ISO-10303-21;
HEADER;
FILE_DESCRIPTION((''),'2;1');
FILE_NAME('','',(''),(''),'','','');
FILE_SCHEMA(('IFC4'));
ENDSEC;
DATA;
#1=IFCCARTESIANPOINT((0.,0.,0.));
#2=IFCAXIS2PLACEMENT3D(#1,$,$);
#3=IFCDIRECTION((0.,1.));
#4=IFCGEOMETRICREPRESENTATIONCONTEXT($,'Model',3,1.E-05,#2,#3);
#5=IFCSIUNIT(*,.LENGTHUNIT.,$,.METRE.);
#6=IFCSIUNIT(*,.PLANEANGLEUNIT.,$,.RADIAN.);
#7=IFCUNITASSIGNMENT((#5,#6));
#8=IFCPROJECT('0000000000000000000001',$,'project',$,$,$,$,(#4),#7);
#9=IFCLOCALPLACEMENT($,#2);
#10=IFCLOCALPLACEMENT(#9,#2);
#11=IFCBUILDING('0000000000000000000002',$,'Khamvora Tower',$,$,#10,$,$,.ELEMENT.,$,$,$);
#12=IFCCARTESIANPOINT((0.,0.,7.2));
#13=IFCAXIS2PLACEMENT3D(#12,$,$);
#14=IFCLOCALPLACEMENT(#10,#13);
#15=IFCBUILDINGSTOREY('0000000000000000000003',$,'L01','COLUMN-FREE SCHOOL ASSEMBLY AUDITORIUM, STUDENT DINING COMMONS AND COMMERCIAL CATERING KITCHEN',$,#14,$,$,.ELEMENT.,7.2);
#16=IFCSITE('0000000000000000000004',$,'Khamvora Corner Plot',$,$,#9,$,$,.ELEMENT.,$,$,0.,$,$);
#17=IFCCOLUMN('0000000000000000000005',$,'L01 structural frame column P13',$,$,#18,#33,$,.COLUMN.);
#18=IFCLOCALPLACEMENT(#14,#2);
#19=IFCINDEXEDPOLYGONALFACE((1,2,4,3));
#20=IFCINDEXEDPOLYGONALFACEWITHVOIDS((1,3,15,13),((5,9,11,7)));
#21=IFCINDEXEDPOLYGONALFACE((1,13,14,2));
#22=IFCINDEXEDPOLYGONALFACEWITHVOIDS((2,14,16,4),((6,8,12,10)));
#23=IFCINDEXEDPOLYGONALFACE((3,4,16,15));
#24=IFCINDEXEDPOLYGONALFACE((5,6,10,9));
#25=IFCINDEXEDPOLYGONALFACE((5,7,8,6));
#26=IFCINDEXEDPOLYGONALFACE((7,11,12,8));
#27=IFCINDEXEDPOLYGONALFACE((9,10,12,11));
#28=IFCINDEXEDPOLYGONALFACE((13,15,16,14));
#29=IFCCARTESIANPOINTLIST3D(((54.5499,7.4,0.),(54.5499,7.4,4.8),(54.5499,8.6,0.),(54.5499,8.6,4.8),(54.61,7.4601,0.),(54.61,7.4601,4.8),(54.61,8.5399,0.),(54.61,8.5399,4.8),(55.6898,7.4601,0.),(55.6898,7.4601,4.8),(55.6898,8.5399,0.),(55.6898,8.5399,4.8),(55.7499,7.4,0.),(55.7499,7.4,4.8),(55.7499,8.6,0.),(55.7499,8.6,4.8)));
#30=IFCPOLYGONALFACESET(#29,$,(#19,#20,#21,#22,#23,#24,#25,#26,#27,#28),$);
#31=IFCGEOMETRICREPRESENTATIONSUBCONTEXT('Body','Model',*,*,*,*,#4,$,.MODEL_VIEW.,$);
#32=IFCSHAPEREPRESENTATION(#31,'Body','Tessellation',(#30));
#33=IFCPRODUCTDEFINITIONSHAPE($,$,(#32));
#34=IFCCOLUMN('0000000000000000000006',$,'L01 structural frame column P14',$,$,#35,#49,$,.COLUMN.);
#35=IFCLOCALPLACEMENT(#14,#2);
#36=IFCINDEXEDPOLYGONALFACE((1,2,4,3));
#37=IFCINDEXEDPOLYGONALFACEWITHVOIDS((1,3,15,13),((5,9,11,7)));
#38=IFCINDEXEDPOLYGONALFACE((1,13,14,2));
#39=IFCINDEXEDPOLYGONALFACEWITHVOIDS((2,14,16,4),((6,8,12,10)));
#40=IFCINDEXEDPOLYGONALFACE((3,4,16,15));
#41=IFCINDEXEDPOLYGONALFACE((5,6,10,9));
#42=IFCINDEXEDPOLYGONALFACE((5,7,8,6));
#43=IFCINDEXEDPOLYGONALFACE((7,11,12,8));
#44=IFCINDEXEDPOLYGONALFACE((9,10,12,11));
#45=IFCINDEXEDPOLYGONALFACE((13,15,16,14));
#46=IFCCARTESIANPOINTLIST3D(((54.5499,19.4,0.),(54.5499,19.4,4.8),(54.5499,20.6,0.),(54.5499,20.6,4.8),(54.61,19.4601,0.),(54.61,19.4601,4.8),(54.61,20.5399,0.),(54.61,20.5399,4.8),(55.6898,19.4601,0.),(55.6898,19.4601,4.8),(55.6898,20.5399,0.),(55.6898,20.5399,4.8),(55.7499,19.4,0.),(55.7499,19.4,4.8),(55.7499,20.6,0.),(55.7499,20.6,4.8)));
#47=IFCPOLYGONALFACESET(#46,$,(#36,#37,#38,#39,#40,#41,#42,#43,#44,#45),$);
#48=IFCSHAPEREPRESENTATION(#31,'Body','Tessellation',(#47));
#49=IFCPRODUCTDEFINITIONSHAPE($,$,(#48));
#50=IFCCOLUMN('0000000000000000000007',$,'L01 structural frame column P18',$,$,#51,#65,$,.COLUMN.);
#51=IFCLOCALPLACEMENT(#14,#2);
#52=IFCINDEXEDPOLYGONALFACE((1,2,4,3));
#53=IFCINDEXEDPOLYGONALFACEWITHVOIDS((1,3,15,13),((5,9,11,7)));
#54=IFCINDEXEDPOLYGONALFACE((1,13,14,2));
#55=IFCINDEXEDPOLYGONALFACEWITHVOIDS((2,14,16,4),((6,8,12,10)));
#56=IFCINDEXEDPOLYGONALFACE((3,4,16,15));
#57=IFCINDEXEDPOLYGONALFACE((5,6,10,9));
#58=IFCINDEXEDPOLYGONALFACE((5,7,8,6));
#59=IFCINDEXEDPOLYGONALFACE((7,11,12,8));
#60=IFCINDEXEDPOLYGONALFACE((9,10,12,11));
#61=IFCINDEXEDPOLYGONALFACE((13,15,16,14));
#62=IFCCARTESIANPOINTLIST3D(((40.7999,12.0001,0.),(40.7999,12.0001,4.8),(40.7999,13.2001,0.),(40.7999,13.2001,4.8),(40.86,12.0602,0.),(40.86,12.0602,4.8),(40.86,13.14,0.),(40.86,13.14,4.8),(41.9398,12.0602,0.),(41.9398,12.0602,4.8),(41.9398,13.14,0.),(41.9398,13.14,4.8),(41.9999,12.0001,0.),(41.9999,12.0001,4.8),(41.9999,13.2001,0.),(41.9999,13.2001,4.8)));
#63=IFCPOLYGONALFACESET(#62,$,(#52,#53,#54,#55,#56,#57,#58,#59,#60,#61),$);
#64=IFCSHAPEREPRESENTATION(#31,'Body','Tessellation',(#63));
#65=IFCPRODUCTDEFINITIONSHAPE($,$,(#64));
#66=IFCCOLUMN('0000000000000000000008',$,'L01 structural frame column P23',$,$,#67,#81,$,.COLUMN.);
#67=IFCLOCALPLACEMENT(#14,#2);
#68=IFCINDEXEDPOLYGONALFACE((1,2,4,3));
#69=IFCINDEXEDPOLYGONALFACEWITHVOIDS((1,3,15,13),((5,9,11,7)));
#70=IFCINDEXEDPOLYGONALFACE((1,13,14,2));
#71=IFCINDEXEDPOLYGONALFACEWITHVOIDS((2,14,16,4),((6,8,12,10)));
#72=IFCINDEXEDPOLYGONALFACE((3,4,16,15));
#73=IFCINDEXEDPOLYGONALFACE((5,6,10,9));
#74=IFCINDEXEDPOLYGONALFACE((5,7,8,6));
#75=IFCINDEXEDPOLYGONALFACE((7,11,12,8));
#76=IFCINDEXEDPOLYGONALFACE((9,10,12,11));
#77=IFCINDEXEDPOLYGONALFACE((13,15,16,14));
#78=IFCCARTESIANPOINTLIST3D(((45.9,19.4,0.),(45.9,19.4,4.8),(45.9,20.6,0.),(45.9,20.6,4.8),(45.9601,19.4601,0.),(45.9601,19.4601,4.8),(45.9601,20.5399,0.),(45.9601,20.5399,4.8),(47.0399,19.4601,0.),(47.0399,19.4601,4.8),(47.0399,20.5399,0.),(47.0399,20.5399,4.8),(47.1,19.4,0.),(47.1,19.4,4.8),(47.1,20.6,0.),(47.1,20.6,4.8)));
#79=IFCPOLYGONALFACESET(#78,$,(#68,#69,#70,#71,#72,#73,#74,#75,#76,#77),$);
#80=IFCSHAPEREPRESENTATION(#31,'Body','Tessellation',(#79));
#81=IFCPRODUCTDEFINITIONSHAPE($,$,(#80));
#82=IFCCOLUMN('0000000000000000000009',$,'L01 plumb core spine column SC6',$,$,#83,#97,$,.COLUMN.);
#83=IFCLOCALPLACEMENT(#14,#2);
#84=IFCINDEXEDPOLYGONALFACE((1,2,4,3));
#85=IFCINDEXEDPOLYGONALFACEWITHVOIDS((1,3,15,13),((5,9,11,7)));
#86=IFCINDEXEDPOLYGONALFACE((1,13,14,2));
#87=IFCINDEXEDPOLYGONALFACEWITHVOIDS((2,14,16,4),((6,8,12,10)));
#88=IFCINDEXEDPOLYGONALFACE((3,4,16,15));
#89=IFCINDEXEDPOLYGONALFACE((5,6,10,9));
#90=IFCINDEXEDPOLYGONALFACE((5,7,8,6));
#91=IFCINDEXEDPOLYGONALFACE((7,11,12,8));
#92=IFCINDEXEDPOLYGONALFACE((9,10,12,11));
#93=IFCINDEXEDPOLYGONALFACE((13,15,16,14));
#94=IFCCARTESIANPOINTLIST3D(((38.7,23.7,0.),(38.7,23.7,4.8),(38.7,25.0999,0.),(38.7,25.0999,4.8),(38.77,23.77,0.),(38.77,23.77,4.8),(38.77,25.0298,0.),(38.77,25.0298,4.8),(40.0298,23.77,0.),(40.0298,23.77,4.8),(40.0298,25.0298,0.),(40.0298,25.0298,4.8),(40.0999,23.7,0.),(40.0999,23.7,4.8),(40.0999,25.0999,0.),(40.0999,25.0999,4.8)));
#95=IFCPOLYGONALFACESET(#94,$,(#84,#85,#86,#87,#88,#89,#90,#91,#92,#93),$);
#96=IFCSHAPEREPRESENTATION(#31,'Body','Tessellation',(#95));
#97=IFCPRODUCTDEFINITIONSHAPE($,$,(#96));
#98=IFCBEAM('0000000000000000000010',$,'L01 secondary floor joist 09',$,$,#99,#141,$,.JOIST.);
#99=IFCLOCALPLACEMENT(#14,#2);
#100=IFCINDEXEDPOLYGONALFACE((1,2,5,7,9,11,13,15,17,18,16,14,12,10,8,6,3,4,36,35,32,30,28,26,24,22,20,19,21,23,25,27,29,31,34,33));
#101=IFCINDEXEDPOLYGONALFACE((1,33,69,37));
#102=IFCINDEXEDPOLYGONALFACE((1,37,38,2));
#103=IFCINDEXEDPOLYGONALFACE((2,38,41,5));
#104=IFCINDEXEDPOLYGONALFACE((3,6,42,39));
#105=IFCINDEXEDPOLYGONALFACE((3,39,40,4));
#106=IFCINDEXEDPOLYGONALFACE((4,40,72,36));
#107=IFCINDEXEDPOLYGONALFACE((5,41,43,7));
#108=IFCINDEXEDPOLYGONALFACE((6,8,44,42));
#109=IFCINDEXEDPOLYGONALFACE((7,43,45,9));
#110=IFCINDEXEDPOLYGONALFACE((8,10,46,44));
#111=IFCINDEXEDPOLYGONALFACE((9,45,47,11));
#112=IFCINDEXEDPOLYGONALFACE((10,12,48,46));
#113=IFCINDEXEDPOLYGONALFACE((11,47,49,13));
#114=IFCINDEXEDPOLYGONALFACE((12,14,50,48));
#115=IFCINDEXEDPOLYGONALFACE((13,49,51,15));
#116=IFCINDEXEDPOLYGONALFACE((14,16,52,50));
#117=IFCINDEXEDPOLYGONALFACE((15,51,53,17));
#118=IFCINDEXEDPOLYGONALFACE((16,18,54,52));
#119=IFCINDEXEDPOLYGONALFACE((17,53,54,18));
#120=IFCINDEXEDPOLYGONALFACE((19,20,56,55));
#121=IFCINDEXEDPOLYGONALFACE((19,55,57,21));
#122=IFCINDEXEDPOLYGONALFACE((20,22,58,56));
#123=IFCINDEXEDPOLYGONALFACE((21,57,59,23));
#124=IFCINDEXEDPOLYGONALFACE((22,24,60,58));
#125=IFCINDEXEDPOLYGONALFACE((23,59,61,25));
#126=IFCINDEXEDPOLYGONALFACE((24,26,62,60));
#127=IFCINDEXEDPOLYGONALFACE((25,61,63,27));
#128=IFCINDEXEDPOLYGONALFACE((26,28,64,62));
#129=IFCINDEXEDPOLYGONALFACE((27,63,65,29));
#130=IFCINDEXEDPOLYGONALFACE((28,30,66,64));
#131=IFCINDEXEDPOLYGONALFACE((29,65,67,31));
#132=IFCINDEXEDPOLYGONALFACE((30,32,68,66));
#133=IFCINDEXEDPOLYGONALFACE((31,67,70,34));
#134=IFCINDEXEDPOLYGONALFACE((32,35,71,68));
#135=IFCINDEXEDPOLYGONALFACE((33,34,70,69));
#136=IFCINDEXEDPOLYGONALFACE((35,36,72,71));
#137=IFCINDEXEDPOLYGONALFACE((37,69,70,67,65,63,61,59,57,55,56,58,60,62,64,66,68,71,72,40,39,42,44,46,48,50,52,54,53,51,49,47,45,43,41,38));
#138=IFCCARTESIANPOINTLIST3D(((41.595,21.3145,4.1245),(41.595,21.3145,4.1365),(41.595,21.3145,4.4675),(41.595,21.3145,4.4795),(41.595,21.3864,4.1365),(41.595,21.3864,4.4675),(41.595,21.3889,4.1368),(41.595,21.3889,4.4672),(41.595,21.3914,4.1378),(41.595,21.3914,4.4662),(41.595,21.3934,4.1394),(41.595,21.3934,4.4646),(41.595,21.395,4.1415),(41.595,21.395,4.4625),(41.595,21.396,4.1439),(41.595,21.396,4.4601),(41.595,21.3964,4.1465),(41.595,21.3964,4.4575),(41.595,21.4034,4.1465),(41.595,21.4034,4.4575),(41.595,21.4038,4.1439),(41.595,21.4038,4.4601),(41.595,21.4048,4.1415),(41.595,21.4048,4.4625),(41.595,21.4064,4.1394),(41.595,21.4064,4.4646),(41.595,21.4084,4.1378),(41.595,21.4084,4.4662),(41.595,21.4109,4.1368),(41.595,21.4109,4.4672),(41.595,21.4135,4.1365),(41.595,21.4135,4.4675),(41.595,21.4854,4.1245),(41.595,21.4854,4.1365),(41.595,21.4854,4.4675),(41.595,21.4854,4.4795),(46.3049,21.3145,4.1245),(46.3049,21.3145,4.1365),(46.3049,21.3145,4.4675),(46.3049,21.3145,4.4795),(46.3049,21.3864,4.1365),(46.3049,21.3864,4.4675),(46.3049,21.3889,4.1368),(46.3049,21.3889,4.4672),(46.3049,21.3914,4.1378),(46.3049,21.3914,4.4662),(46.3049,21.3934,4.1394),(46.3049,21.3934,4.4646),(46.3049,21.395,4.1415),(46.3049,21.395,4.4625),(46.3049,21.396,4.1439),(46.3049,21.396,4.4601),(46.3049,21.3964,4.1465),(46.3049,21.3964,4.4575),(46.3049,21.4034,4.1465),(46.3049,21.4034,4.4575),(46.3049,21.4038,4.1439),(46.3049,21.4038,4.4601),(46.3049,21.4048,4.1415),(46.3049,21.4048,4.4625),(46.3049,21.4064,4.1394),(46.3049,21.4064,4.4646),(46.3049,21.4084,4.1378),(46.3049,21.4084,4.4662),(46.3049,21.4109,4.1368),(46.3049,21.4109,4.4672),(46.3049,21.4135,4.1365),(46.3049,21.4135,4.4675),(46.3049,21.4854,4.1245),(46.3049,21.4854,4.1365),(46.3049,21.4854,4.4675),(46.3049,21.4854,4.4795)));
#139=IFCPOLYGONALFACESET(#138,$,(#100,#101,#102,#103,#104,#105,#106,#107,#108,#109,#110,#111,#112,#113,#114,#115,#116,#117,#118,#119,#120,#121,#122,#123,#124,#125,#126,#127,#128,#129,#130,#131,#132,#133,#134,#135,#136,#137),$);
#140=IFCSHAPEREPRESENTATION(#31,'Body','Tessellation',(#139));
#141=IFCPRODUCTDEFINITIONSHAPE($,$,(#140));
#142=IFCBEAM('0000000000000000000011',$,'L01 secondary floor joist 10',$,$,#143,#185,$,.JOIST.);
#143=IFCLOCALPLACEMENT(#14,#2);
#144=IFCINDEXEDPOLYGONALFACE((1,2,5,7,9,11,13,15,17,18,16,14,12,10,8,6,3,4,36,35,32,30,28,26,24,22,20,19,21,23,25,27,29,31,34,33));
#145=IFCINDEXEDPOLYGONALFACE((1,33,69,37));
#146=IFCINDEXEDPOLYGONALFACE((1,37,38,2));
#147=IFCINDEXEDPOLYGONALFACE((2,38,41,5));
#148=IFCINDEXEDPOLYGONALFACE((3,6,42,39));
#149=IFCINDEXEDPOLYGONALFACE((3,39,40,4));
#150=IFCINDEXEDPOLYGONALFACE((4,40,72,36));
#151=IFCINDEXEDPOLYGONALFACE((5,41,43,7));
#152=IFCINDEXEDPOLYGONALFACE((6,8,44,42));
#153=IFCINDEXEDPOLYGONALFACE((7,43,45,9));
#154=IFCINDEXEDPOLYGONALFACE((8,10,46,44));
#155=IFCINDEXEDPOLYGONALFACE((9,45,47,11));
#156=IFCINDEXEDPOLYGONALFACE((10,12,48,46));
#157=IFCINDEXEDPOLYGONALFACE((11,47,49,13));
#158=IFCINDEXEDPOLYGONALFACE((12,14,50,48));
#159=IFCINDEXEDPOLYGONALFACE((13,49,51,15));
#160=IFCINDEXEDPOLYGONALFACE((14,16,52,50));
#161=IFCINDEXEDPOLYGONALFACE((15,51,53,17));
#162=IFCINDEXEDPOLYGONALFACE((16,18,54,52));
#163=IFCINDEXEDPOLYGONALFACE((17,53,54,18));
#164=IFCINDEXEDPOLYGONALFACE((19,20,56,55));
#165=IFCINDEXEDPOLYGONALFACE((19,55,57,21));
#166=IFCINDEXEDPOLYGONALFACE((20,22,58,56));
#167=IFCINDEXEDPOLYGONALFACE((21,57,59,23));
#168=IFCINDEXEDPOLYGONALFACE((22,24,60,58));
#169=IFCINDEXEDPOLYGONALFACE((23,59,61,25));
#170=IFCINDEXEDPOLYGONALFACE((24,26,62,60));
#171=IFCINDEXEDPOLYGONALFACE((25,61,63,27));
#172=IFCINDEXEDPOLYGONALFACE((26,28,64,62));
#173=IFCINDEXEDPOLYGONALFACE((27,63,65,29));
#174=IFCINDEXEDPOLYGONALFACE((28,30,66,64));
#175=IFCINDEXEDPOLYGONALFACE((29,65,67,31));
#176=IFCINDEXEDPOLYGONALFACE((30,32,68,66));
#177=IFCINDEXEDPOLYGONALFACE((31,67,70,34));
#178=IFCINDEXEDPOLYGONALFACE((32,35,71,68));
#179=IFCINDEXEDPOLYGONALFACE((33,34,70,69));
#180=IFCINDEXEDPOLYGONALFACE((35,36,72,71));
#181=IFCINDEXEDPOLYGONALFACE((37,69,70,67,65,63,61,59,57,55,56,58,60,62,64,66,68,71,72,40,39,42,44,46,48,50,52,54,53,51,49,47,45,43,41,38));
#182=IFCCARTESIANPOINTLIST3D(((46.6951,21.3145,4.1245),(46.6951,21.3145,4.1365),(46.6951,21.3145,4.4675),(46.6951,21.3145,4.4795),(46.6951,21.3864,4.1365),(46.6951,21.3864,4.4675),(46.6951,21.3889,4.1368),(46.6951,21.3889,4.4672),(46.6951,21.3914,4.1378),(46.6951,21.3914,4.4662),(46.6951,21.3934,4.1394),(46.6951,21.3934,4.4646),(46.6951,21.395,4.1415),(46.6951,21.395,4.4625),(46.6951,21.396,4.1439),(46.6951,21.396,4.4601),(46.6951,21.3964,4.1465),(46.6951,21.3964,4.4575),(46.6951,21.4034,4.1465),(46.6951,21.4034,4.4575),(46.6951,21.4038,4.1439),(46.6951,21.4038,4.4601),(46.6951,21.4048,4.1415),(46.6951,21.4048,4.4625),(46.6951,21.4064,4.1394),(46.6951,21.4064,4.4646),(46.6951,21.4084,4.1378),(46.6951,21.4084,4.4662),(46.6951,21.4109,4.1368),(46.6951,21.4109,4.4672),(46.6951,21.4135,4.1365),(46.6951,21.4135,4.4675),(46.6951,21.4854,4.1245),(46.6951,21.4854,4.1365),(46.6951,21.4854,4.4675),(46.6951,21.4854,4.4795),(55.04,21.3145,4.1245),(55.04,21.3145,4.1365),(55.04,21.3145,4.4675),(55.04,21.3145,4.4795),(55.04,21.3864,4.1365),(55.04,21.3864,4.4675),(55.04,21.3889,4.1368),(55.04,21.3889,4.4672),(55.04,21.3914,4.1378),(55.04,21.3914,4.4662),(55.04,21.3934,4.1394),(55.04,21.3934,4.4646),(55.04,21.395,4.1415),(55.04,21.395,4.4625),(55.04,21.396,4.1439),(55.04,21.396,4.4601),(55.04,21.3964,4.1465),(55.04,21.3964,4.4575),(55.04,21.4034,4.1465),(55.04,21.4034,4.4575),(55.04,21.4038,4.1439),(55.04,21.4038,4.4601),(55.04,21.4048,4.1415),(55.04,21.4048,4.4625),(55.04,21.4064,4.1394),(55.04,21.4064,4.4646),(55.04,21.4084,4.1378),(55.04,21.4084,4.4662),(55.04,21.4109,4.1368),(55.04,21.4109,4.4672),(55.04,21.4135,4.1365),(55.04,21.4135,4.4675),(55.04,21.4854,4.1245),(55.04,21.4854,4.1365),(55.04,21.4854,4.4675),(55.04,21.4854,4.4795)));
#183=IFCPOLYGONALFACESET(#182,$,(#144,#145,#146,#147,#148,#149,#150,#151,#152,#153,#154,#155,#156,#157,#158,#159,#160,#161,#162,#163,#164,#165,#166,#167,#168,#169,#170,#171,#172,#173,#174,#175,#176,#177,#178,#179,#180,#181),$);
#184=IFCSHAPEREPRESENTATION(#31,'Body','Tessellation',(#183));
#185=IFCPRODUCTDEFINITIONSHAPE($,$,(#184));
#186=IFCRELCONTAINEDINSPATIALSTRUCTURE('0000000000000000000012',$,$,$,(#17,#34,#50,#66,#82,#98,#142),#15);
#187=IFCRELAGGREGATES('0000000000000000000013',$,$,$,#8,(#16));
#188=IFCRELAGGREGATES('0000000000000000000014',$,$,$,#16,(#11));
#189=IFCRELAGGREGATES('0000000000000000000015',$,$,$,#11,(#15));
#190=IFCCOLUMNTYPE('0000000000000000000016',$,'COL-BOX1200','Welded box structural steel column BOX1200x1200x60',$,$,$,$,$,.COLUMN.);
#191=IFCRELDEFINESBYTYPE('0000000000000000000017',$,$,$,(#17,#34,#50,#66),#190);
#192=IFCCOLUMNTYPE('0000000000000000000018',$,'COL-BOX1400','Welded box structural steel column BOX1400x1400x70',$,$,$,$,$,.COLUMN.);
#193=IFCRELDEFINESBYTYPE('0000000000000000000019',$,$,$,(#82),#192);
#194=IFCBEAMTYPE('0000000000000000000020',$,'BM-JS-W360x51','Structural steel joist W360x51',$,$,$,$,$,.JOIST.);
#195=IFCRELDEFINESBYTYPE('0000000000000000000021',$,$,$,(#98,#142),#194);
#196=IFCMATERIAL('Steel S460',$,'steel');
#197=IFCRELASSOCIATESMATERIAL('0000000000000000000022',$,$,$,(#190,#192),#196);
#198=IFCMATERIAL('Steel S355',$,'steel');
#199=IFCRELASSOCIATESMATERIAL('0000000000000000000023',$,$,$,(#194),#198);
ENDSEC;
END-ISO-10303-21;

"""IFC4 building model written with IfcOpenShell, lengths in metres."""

from ifc_helpers import new_model, si_unit, direction, frame, origin, origin_2d, place, context, subcontext, project, spatial, hollow_rectangle, i_section, extrude, material, material_profile, profile_set, type_object, element, save


model = new_model("IFC4")

# Units and contexts
model_context = context("Model", 3, precision=1e-05, world=origin(), true_north=direction((0.0, 1.0)))
body_context = subcontext(model_context, "Body", "Model", "MODEL_VIEW")
ifc_project = project(units=[si_unit("LENGTHUNIT", "METRE"), si_unit("PLANEANGLEUNIT", "RADIAN")], contexts=[model_context])

# Site, building, storey
site_placement = place(None, origin())
site = spatial("IfcSite", under=ifc_project, at=site_placement, Name="Khamvora Corner Plot", CompositionType="ELEMENT", RefElevation=0.0)
building_placement = place(site_placement, origin())
building = spatial("IfcBuilding", under=site, at=building_placement, Name="Khamvora Tower", CompositionType="ELEMENT")
storey_placement = place(building_placement, frame((0.0, 0.0, 7.2)))
storey = spatial("IfcBuildingStorey", under=building, at=storey_placement, Name="L01", Description="COLUMN-FREE SCHOOL ASSEMBLY AUDITORIUM, STUDENT DINING COMMONS AND COMMERCIAL CATERING KITCHEN", CompositionType="ELEMENT", Elevation=7.2)

# Columns
ifc_material_1 = material(Name="Steel S460", Category="steel")
ifc_material_profile_1 = material_profile(ifc_material_1, hollow_rectangle(XDim=1.2, YDim=1.2, WallThickness=0.0601, at=origin_2d()), Name="BOX1200x1200x60")
ifc_profile_set_1 = profile_set([ifc_material_profile_1], Name="Steel S460")
column_type_1 = type_object("IfcColumnType", Name="COL-BOX1200", Description="Welded box structural steel column BOX1200x1200x60", PredefinedType="COLUMN", material=ifc_profile_set_1)
for number, where, z_axis, x_axis, name in (
    (1, (55.1499, 8.0, 0.0), (0.0, 0.0, 1.0), (1.0, 0.0, 0.0), "L01 structural frame column P13"),
    (2, (55.1499, 20.0, 0.0), (0.0, 0.0, 1.0), (1.0, 0.0, 0.0), "L01 structural frame column P14"),
    (3, (41.3999, 12.6001, 0.0), (0.0, 0.0, 1.0), (1.0, 0.0, 0.0), "L01 structural frame column P18"),
    (4, (46.5, 20.0, 0.0), (0.0, 0.0, 1.0), (1.0, 0.0, 0.0), "L01 structural frame column P23"),
):
    element("IfcColumn", number, at=place(storey_placement, frame(where, z_axis=z_axis, x_axis=x_axis)), inside=storey, type_object=column_type_1, Name=name, PredefinedType="COLUMN", context=body_context, shape_type="SweptSolid", body=[
        extrude(hollow_rectangle(XDim=1.2, YDim=1.2, WallThickness=0.0601, at=origin_2d()), origin(), (0.0, 0.0, 1.0), 4.8),
    ])
ifc_material_profile_2 = material_profile(ifc_material_1, hollow_rectangle(XDim=1.3999, YDim=1.3999, WallThickness=0.0701, at=origin_2d()), Name="BOX1400x1400x70")
ifc_profile_set_2 = profile_set([ifc_material_profile_2], Name="Steel S460")
column_type_2 = type_object("IfcColumnType", Name="COL-BOX1400", Description="Welded box structural steel column BOX1400x1400x70", PredefinedType="COLUMN", material=ifc_profile_set_2)
column_placement = place(storey_placement, frame((39.3999, 24.3999, 0.0), z_axis=(0.0, 0.0, 1.0), x_axis=(1.0, 0.0, 0.0)))
element("IfcColumn", 5, at=column_placement, inside=storey, type_object=column_type_2, Name="L01 plumb core spine column SC6", PredefinedType="COLUMN", context=body_context, shape_type="SweptSolid", body=[
    extrude(hollow_rectangle(XDim=1.3999, YDim=1.3999, WallThickness=0.0701, at=origin_2d()), origin(), (0.0, 0.0, 1.0), 4.8),
])

# Beams
ifc_material_2 = material(Name="Steel S355", Category="steel")
ifc_material_profile_3 = material_profile(ifc_material_2, i_section(OverallWidth=0.1709, OverallDepth=0.355, WebThickness=0.0071, FlangeThickness=0.012, FilletRadius=0.01, at=origin_2d()), Name="W360x51")
ifc_profile_set_3 = profile_set([ifc_material_profile_3], Name="Steel S355")
beam_type_1 = type_object("IfcBeamType", Name="BM-JS-W360x51", Description="Structural steel joist W360x51", PredefinedType="JOIST", material=ifc_profile_set_3)
beam_1_placement = place(storey_placement, frame((41.595, 21.3999, 4.302), z_axis=(1.0, 0.0, 0.0), x_axis=(0.0, 1.0, 0.0)))
element("IfcBeam", 6, at=beam_1_placement, inside=storey, type_object=beam_type_1, Name="L01 secondary floor joist 09", PredefinedType="JOIST", context=body_context, shape_type="SweptSolid", body=[
    extrude(i_section(OverallWidth=0.1709, OverallDepth=0.355, WebThickness=0.0071, FlangeThickness=0.012, FilletRadius=0.01, at=origin_2d()), origin(), (0.0, 0.0, 1.0), 4.71),
])
beam_2_placement = place(storey_placement, frame((46.6951, 21.3999, 4.302), z_axis=(1.0, 0.0, 0.0), x_axis=(0.0, 1.0, 0.0)))
element("IfcBeam", 7, at=beam_2_placement, inside=storey, type_object=beam_type_1, Name="L01 secondary floor joist 10", PredefinedType="JOIST", context=body_context, shape_type="SweptSolid", body=[
    extrude(i_section(OverallWidth=0.1709, OverallDepth=0.355, WebThickness=0.0071, FlangeThickness=0.012, FilletRadius=0.01, at=origin_2d()), origin(), (0.0, 0.0, 1.0), 8.345),
])

save(model, "model.ifc")
